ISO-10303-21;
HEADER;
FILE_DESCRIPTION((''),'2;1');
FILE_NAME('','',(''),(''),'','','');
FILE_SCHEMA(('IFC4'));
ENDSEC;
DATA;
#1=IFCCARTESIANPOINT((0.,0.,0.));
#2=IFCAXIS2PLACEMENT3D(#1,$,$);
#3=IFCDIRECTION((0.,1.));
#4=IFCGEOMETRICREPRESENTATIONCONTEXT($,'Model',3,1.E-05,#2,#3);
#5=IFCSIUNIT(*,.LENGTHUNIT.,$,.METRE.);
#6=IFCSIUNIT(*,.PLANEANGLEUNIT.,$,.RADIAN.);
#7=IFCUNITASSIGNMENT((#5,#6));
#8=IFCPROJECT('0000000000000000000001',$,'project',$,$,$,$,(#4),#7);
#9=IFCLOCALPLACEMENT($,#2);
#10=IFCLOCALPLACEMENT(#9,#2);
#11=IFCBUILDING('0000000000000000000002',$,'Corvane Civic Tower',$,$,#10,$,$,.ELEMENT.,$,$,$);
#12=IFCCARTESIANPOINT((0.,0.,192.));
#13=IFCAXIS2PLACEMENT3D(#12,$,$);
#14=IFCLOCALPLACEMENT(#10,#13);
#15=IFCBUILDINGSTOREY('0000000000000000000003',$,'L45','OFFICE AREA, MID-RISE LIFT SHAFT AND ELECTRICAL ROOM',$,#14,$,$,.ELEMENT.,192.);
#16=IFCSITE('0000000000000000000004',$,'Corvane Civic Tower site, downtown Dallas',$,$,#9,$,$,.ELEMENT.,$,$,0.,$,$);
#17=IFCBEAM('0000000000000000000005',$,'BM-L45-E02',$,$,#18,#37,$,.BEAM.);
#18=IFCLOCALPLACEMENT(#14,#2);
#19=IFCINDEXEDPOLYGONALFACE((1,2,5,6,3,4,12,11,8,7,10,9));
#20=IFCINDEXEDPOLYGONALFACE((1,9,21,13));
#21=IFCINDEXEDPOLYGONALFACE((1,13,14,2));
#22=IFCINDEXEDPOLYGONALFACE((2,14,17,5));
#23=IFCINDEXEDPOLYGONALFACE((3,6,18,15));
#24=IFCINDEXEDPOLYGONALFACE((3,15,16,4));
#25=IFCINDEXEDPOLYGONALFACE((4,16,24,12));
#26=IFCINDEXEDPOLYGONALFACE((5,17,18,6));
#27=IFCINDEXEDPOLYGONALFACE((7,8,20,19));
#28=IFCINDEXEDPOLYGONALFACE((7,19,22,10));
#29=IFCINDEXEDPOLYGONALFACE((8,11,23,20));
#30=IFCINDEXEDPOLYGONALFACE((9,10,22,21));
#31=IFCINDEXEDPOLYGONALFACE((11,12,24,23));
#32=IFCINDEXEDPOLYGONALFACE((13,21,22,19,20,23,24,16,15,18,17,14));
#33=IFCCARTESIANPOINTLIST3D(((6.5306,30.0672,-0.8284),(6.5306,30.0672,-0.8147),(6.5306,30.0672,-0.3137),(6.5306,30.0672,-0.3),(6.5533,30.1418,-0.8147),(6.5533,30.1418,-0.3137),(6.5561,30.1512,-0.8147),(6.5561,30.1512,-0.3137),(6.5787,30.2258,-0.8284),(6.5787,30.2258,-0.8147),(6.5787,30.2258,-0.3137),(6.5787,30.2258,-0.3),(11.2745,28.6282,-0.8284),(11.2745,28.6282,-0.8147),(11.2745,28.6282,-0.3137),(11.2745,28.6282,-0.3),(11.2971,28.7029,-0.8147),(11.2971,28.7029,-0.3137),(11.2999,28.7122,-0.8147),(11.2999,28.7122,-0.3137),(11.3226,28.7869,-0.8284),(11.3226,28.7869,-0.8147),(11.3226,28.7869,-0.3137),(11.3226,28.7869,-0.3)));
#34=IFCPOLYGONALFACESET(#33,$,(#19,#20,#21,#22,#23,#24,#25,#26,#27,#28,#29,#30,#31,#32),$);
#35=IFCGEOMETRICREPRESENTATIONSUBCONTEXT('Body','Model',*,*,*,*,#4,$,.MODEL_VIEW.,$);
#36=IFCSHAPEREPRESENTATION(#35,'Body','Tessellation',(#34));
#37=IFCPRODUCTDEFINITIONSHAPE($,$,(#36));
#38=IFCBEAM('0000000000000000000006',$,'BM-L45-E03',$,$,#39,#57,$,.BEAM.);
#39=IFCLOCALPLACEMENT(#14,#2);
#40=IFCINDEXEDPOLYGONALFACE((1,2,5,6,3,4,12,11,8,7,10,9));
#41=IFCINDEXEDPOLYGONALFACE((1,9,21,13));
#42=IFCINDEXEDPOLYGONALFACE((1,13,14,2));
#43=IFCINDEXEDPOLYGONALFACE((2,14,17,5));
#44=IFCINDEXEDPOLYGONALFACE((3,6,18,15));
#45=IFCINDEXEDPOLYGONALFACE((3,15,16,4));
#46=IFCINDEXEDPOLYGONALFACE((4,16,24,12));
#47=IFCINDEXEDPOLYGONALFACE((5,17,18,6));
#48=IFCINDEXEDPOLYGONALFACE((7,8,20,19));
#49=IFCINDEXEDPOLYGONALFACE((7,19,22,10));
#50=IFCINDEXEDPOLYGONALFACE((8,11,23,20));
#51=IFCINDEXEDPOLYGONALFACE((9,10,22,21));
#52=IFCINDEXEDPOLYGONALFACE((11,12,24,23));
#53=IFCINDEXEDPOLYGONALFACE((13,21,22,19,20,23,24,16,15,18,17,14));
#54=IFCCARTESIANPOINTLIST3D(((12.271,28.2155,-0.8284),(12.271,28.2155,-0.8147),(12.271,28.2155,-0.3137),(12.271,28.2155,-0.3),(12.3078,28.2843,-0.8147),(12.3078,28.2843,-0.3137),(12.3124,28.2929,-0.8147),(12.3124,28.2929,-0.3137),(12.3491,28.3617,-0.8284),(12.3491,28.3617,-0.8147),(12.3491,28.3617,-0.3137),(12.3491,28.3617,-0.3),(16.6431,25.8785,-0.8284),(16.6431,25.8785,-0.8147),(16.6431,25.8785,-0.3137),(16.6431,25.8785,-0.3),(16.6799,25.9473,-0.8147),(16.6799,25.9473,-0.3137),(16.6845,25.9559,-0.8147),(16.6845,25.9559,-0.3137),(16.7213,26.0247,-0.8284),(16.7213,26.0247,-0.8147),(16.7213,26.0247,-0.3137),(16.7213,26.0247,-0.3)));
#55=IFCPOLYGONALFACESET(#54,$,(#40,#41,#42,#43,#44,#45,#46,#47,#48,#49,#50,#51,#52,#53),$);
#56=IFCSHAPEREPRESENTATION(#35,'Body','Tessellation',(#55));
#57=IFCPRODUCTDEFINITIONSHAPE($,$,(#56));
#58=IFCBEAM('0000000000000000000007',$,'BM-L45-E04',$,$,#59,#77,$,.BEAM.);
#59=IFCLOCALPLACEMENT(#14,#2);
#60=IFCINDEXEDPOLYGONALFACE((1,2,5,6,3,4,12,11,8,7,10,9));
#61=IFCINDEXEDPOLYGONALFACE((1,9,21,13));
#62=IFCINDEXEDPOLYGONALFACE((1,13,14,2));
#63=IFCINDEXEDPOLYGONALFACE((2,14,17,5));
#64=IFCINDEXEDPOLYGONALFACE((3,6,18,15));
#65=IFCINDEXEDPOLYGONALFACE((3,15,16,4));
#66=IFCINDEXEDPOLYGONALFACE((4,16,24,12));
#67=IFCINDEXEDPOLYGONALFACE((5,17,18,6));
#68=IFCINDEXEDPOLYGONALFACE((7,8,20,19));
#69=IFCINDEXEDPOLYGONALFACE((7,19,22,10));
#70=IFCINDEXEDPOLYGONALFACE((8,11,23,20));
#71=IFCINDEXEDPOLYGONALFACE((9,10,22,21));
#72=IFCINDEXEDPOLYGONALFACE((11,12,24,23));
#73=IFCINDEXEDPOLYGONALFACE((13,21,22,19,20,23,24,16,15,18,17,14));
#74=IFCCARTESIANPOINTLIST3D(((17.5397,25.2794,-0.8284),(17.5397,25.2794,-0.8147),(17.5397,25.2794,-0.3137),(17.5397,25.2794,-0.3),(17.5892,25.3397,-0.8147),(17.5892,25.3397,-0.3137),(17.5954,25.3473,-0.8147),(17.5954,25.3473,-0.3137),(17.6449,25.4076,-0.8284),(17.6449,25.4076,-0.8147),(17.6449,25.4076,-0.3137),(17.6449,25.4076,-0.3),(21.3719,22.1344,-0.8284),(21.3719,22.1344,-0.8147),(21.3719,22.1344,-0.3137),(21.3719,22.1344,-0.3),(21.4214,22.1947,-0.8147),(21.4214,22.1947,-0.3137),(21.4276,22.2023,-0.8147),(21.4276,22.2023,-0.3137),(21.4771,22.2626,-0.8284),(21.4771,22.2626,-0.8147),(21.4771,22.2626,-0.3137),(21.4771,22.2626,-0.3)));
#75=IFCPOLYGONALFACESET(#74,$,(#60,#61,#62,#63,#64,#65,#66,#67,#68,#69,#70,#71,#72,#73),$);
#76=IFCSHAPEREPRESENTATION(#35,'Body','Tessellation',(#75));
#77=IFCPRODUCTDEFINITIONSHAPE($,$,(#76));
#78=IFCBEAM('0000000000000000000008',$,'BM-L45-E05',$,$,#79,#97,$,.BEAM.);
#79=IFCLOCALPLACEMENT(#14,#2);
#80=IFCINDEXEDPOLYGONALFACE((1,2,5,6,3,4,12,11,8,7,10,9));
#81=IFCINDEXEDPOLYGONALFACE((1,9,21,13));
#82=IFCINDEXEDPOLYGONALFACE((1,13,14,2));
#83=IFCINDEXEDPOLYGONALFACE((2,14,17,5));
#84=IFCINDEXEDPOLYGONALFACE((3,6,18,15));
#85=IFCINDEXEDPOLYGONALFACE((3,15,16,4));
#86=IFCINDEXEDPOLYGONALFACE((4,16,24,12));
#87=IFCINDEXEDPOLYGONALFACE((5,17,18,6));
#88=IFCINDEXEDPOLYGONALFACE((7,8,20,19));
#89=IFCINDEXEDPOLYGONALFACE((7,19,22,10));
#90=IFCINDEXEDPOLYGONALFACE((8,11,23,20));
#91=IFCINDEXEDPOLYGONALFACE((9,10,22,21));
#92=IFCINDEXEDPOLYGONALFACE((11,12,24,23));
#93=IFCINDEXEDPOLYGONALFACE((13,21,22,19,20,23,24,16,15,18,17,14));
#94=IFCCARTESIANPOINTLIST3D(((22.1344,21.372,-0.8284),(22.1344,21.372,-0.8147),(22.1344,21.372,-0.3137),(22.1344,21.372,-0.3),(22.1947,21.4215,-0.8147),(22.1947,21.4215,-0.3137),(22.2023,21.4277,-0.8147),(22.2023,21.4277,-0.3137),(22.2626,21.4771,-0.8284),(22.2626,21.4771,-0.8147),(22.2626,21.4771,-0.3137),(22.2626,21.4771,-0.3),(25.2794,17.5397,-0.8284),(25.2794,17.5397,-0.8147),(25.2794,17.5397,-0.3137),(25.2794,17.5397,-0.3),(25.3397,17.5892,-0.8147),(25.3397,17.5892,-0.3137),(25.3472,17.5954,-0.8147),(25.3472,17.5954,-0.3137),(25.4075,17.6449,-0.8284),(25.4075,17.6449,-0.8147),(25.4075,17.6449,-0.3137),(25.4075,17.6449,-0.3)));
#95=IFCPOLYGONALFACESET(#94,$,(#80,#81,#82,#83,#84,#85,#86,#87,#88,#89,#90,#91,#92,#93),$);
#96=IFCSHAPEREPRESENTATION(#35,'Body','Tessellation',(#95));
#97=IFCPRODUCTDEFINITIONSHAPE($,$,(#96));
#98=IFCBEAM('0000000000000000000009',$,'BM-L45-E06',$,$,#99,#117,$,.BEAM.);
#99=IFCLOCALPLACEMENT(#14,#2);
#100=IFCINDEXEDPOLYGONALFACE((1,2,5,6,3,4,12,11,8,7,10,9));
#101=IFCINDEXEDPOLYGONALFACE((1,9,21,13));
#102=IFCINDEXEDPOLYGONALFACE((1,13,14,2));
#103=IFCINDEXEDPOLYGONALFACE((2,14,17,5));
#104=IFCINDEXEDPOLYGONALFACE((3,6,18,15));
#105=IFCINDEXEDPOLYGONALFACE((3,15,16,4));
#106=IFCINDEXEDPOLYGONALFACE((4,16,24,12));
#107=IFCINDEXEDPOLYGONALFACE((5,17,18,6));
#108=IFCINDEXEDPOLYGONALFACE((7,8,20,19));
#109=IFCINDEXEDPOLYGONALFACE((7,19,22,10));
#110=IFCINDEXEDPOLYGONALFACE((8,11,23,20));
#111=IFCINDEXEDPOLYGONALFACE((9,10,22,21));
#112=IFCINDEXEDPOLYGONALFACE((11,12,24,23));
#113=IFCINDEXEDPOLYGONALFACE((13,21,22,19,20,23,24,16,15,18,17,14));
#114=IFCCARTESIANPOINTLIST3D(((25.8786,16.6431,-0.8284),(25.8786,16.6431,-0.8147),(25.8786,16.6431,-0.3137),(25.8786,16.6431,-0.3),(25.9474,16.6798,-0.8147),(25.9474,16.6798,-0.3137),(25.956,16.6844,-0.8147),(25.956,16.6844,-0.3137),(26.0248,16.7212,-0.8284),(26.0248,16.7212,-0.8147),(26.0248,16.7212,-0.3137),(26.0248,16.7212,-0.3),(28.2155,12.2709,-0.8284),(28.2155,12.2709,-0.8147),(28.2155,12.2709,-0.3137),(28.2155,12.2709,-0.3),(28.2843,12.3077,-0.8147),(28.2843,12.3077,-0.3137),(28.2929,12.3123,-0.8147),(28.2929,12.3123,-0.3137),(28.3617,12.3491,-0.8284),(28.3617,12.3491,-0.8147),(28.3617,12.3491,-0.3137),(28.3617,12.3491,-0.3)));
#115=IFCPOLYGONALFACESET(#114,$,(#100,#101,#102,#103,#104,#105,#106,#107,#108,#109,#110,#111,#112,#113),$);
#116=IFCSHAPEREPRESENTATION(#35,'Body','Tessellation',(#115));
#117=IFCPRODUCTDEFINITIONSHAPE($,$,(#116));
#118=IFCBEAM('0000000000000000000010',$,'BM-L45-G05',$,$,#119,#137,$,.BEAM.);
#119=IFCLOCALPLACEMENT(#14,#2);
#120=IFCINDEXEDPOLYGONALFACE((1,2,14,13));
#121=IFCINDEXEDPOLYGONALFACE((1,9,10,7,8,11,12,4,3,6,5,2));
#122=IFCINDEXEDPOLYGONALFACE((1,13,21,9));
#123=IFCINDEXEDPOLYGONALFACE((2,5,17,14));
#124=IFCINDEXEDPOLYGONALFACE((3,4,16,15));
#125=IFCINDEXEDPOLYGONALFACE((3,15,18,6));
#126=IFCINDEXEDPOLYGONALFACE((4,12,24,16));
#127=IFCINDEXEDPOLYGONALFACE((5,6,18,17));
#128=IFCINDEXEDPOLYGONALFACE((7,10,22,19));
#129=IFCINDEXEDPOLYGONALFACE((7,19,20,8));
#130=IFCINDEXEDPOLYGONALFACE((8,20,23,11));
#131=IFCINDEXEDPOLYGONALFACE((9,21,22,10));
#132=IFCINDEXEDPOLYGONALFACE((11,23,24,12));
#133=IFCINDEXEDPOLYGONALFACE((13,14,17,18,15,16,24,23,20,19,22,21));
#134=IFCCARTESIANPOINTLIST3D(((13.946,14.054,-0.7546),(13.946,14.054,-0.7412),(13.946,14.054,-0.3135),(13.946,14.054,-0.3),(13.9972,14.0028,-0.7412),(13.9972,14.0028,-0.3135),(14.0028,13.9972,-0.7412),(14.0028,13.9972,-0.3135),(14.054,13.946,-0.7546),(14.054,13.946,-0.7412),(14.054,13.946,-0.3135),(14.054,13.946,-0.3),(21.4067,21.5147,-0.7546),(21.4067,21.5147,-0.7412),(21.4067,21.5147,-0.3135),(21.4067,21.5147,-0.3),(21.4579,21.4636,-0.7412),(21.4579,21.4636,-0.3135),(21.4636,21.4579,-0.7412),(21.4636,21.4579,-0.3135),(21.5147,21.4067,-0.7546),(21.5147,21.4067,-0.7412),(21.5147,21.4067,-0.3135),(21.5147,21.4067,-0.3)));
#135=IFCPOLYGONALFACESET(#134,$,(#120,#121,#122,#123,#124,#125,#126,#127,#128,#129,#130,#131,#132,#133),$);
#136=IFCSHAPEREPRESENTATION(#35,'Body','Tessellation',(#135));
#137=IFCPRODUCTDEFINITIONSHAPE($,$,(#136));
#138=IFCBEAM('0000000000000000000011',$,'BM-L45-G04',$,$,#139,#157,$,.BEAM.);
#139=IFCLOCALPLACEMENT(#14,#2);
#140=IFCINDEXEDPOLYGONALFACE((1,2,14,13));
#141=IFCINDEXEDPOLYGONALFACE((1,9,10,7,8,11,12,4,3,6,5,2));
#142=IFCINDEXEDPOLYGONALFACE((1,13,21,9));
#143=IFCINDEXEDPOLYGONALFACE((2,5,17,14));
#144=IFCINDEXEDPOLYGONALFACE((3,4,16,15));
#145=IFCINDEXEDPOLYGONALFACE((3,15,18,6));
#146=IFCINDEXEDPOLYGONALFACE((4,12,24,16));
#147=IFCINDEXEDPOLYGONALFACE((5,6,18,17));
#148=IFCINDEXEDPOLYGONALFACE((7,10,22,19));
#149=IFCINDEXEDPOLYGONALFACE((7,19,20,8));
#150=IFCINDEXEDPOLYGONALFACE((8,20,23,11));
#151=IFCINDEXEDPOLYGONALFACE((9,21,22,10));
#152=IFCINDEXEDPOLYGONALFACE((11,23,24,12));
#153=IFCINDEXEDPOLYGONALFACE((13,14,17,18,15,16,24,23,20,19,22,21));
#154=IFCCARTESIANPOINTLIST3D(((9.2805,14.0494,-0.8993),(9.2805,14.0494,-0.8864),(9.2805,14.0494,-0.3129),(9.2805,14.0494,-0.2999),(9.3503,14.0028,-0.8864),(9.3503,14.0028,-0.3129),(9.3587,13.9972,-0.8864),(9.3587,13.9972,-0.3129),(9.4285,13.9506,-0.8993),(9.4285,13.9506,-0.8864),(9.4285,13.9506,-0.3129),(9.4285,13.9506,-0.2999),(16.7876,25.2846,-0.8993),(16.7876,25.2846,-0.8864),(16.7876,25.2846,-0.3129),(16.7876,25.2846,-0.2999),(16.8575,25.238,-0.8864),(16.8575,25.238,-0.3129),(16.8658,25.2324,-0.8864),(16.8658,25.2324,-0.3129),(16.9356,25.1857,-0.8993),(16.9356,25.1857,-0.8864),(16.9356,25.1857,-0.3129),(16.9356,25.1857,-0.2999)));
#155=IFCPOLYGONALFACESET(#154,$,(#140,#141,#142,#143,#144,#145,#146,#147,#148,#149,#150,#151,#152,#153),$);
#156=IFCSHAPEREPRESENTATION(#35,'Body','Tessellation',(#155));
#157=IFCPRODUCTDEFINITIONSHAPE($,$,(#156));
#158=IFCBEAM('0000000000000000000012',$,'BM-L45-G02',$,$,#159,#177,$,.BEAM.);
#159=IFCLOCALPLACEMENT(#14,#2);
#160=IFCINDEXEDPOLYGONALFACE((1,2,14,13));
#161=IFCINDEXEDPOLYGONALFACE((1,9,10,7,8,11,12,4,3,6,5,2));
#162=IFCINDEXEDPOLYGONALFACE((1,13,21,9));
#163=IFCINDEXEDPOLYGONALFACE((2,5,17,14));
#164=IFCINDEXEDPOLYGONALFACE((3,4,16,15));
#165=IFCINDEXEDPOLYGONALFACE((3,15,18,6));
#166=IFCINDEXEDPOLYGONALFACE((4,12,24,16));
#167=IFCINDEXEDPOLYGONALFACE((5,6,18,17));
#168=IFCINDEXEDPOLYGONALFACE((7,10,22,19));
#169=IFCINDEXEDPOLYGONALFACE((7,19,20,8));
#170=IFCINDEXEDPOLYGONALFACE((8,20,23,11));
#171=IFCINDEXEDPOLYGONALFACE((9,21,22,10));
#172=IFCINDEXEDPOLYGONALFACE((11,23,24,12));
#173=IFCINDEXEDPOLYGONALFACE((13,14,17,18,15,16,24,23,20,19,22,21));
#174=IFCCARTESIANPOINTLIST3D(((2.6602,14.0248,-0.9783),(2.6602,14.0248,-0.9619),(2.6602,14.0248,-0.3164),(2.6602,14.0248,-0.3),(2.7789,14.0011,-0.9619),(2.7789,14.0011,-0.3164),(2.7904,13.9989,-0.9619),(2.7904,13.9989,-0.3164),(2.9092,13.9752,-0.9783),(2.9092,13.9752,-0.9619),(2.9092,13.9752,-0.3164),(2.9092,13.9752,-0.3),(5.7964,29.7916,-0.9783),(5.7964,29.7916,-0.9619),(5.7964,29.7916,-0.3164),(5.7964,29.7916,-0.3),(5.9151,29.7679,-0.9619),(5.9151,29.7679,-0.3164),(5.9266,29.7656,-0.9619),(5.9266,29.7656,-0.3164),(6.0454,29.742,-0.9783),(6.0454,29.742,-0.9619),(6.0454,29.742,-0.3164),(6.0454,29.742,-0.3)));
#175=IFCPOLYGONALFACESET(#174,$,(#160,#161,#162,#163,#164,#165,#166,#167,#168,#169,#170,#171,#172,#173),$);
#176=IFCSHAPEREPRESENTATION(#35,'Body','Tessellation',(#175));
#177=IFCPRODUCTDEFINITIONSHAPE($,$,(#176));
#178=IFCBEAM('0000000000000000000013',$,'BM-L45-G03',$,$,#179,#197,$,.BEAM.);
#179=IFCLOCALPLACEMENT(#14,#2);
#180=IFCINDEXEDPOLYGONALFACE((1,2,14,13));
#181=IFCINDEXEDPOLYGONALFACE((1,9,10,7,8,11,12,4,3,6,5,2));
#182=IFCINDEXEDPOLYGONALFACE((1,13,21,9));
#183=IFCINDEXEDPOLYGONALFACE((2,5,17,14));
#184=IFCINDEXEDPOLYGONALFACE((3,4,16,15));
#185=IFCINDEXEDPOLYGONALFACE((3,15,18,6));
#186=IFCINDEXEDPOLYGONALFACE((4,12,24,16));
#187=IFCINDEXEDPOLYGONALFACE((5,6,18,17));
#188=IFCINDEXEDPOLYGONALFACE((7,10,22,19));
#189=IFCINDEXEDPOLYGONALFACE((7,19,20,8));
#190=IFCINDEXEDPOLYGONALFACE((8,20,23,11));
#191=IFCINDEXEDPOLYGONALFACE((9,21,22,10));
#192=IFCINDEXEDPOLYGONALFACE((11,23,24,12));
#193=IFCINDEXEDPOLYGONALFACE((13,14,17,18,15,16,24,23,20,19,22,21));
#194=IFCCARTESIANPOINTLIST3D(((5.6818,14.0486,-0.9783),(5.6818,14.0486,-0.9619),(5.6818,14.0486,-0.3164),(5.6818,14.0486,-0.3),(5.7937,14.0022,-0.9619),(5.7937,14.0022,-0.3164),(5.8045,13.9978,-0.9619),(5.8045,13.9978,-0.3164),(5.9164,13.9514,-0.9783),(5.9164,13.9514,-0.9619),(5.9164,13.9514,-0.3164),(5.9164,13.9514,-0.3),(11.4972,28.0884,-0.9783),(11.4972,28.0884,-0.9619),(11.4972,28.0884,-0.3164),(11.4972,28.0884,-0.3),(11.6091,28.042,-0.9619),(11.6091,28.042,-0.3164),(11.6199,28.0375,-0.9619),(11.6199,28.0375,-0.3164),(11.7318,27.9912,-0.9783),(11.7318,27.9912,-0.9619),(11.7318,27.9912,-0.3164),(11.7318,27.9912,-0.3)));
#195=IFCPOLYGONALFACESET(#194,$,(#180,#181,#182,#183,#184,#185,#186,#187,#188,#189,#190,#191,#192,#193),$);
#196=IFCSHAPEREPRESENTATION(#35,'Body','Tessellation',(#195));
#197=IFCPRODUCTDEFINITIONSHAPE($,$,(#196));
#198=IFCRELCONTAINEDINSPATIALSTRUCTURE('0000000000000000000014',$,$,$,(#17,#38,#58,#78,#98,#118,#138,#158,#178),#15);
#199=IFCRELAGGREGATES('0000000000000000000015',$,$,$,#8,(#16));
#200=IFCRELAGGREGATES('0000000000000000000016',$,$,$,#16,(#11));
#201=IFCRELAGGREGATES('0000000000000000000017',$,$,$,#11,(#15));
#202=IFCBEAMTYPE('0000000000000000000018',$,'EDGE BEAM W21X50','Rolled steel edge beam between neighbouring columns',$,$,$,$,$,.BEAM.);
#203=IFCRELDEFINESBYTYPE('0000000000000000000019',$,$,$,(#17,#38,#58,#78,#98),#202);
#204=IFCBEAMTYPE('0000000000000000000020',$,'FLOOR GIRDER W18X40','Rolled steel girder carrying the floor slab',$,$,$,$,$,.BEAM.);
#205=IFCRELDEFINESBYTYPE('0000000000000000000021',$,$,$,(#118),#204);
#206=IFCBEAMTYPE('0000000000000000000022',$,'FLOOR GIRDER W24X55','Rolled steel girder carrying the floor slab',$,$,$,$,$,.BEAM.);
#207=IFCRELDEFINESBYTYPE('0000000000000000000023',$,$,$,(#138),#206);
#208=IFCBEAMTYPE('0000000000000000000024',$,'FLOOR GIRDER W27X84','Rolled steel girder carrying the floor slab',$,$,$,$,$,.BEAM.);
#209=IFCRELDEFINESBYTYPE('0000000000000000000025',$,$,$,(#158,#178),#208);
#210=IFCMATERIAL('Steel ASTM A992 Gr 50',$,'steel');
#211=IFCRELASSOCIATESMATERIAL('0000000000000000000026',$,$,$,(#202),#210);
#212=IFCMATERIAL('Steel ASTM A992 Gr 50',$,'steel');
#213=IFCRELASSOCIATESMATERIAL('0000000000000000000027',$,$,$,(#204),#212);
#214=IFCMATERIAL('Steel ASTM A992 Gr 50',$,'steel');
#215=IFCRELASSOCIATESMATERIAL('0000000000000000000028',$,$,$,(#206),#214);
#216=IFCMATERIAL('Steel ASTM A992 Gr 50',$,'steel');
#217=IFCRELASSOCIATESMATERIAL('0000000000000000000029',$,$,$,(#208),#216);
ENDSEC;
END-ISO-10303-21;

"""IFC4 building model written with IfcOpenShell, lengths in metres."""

from ifc_helpers import new_model, si_unit, direction, frame, origin, origin_2d, place, context, subcontext, project, spatial, i_section, extrude, material, material_profile, profile_set, type_object, element, save


model = new_model("IFC4")

# Units and contexts
model_context = context("Model", 3, precision=1e-05, world=origin(), true_north=direction((0.0, 1.0)))
body_context = subcontext(model_context, "Body", "Model", "MODEL_VIEW")
ifc_project = project(units=[si_unit("LENGTHUNIT", "METRE"), si_unit("PLANEANGLEUNIT", "RADIAN")], contexts=[model_context])

# Site, building, storey
site_placement = place(None, origin())
site = spatial("IfcSite", under=ifc_project, at=site_placement, Name="Corvane Civic Tower site, downtown Dallas", CompositionType="ELEMENT", RefElevation=0.0)
building_placement = place(site_placement, origin())
building = spatial("IfcBuilding", under=site, at=building_placement, Name="Corvane Civic Tower", CompositionType="ELEMENT")
storey_placement = place(building_placement, frame((0.0, 0.0, 192.0)))
storey = spatial("IfcBuildingStorey", under=building, at=storey_placement, Name="L45", Description="OFFICE AREA, MID-RISE LIFT SHAFT AND ELECTRICAL ROOM", CompositionType="ELEMENT", Elevation=192.0)

# Beams
ifc_material_1 = material(Name="Steel ASTM A992 Gr 50", Category="steel")
ifc_material_profile_1 = material_profile(ifc_material_1, i_section(OverallWidth=0.1658, OverallDepth=0.5283, WebThickness=0.0098, FlangeThickness=0.0137, at=origin_2d()), Name="W21X50")
ifc_profile_set_1 = profile_set([ifc_material_profile_1], Name="Steel ASTM A992 Gr 50")
beam_type_1 = type_object("IfcBeamType", Name="EDGE BEAM W21X50", Description="Rolled steel edge beam between neighbouring columns", PredefinedType="BEAM", material=ifc_profile_set_1)
beam_1_placement = place(storey_placement, frame((6.5547, 30.1465, -0.5642), z_axis=(0.956945, -0.29027, 0.0), x_axis=(0.29027, 0.956945, 0.0)))
element("IfcBeam", 1, at=beam_1_placement, inside=storey, type_object=beam_type_1, Name="BM-L45-E02", PredefinedType="BEAM", context=body_context, shape_type="SweptSolid", body=[
    extrude(i_section(OverallWidth=0.1658, OverallDepth=0.5283, WebThickness=0.0098, FlangeThickness=0.0137, at=origin_2d()), origin(), (0.0, 0.0, 1.0), 4.9573),
])
for number, where, z_axis, x_axis, name in (
    (2, (12.3101, 28.2886, -0.5642), (0.881922, -0.471396, 0.0), (0.471396, 0.881922, 0.0), "BM-L45-E03"),
    (3, (17.5923, 25.3435, -0.5642), (0.773015, -0.634388, 0.0), (0.634388, 0.773015, 0.0), "BM-L45-E04"),
    (4, (22.1985, 21.4246, -0.5642), (0.634388, -0.773015, 0.0), (0.773015, 0.634388, 0.0), "BM-L45-E05"),
    (5, (25.9517, 16.6821, -0.5642), (0.471396, -0.881922, 0.0), (0.881922, 0.471396, 0.0), "BM-L45-E06"),
):
    element("IfcBeam", number, at=place(storey_placement, frame(where, z_axis=z_axis, x_axis=x_axis)), inside=storey, type_object=beam_type_1, Name=name, PredefinedType="BEAM", context=body_context, shape_type="SweptSolid", body=[
        extrude(i_section(OverallWidth=0.1658, OverallDepth=0.5283, WebThickness=0.0098, FlangeThickness=0.0137, at=origin_2d()), origin(), (0.0, 0.0, 1.0), 4.9575),
    ])
ifc_material_2 = material(Name="Steel ASTM A992 Gr 50", Category="steel")
ifc_material_profile_2 = material_profile(ifc_material_2, i_section(OverallWidth=0.1528, OverallDepth=0.4546, WebThickness=0.0081, FlangeThickness=0.0134, at=origin_2d()), Name="W18X40")
ifc_profile_set_2 = profile_set([ifc_material_profile_2], Name="Steel ASTM A992 Gr 50")
beam_type_2 = type_object("IfcBeamType", Name="FLOOR GIRDER W18X40", Description="Rolled steel girder carrying the floor slab", PredefinedType="BEAM", material=ifc_profile_set_2)
beam_2_placement = place(storey_placement, frame((14.0, 14.0, -0.5273), z_axis=(0.707107, 0.707107, 0.0), x_axis=(-0.707107, 0.707107, 0.0)))
element("IfcBeam", 6, at=beam_2_placement, inside=storey, type_object=beam_type_2, Name="BM-L45-G05", PredefinedType="BEAM", context=body_context, shape_type="SweptSolid", body=[
    extrude(i_section(OverallWidth=0.1528, OverallDepth=0.4546, WebThickness=0.0081, FlangeThickness=0.0134, at=origin_2d()), origin(), (0.0, 0.0, 1.0), 10.551),
])
ifc_material_3 = material(Name="Steel ASTM A992 Gr 50", Category="steel")
ifc_material_profile_3 = material_profile(ifc_material_3, i_section(OverallWidth=0.178, OverallDepth=0.5994, WebThickness=0.01, FlangeThickness=0.0129, at=origin_2d()), Name="W24X55")
ifc_profile_set_3 = profile_set([ifc_material_profile_3], Name="Steel ASTM A992 Gr 50")
beam_type_3 = type_object("IfcBeamType", Name="FLOOR GIRDER W24X55", Description="Rolled steel girder carrying the floor slab", PredefinedType="BEAM", material=ifc_profile_set_3)
beam_3_placement = place(storey_placement, frame((9.3545, 14.0, -0.5996), z_axis=(0.555571, 0.831469, 0.0), x_axis=(-0.831469, 0.555571, 0.0)))
element("IfcBeam", 7, at=beam_3_placement, inside=storey, type_object=beam_type_3, Name="BM-L45-G04", PredefinedType="BEAM", context=body_context, shape_type="SweptSolid", body=[
    extrude(i_section(OverallWidth=0.178, OverallDepth=0.5994, WebThickness=0.01, FlangeThickness=0.0129, at=origin_2d()), origin(), (0.0, 0.0, 1.0), 13.5125),
])
ifc_material_4 = material(Name="Steel ASTM A992 Gr 50", Category="steel")
ifc_material_profile_4 = material_profile(ifc_material_4, i_section(OverallWidth=0.2539, OverallDepth=0.6782, WebThickness=0.0117, FlangeThickness=0.0164, at=origin_2d()), Name="W27X84")
ifc_profile_set_4 = profile_set([ifc_material_profile_4], Name="Steel ASTM A992 Gr 50")
beam_type_4 = type_object("IfcBeamType", Name="FLOOR GIRDER W27X84", Description="Rolled steel girder carrying the floor slab", PredefinedType="BEAM", material=ifc_profile_set_4)
beam_4_placement = place(storey_placement, frame((2.7847, 14.0, -0.6392), z_axis=(0.195091, 0.980785, 0.0), x_axis=(-0.980785, 0.195091, 0.0)))
element("IfcBeam", 8, at=beam_4_placement, inside=storey, type_object=beam_type_4, Name="BM-L45-G02", PredefinedType="BEAM", context=body_context, shape_type="SweptSolid", body=[
    extrude(i_section(OverallWidth=0.2539, OverallDepth=0.6782, WebThickness=0.0117, FlangeThickness=0.0164, at=origin_2d()), origin(), (0.0, 0.0, 1.0), 16.0757),
])
beam_5_placement = place(storey_placement, frame((5.7991, 14.0, -0.6392), z_axis=(0.382681, 0.923881, 0.0), x_axis=(-0.923881, 0.382681, 0.0)))
element("IfcBeam", 9, at=beam_5_placement, inside=storey, type_object=beam_type_4, Name="BM-L45-G03", PredefinedType="BEAM", context=body_context, shape_type="SweptSolid", body=[
    extrude(i_section(OverallWidth=0.2539, OverallDepth=0.6782, WebThickness=0.0117, FlangeThickness=0.0164, at=origin_2d()), origin(), (0.0, 0.0, 1.0), 15.1965),
])

save(model, "model.ifc")
